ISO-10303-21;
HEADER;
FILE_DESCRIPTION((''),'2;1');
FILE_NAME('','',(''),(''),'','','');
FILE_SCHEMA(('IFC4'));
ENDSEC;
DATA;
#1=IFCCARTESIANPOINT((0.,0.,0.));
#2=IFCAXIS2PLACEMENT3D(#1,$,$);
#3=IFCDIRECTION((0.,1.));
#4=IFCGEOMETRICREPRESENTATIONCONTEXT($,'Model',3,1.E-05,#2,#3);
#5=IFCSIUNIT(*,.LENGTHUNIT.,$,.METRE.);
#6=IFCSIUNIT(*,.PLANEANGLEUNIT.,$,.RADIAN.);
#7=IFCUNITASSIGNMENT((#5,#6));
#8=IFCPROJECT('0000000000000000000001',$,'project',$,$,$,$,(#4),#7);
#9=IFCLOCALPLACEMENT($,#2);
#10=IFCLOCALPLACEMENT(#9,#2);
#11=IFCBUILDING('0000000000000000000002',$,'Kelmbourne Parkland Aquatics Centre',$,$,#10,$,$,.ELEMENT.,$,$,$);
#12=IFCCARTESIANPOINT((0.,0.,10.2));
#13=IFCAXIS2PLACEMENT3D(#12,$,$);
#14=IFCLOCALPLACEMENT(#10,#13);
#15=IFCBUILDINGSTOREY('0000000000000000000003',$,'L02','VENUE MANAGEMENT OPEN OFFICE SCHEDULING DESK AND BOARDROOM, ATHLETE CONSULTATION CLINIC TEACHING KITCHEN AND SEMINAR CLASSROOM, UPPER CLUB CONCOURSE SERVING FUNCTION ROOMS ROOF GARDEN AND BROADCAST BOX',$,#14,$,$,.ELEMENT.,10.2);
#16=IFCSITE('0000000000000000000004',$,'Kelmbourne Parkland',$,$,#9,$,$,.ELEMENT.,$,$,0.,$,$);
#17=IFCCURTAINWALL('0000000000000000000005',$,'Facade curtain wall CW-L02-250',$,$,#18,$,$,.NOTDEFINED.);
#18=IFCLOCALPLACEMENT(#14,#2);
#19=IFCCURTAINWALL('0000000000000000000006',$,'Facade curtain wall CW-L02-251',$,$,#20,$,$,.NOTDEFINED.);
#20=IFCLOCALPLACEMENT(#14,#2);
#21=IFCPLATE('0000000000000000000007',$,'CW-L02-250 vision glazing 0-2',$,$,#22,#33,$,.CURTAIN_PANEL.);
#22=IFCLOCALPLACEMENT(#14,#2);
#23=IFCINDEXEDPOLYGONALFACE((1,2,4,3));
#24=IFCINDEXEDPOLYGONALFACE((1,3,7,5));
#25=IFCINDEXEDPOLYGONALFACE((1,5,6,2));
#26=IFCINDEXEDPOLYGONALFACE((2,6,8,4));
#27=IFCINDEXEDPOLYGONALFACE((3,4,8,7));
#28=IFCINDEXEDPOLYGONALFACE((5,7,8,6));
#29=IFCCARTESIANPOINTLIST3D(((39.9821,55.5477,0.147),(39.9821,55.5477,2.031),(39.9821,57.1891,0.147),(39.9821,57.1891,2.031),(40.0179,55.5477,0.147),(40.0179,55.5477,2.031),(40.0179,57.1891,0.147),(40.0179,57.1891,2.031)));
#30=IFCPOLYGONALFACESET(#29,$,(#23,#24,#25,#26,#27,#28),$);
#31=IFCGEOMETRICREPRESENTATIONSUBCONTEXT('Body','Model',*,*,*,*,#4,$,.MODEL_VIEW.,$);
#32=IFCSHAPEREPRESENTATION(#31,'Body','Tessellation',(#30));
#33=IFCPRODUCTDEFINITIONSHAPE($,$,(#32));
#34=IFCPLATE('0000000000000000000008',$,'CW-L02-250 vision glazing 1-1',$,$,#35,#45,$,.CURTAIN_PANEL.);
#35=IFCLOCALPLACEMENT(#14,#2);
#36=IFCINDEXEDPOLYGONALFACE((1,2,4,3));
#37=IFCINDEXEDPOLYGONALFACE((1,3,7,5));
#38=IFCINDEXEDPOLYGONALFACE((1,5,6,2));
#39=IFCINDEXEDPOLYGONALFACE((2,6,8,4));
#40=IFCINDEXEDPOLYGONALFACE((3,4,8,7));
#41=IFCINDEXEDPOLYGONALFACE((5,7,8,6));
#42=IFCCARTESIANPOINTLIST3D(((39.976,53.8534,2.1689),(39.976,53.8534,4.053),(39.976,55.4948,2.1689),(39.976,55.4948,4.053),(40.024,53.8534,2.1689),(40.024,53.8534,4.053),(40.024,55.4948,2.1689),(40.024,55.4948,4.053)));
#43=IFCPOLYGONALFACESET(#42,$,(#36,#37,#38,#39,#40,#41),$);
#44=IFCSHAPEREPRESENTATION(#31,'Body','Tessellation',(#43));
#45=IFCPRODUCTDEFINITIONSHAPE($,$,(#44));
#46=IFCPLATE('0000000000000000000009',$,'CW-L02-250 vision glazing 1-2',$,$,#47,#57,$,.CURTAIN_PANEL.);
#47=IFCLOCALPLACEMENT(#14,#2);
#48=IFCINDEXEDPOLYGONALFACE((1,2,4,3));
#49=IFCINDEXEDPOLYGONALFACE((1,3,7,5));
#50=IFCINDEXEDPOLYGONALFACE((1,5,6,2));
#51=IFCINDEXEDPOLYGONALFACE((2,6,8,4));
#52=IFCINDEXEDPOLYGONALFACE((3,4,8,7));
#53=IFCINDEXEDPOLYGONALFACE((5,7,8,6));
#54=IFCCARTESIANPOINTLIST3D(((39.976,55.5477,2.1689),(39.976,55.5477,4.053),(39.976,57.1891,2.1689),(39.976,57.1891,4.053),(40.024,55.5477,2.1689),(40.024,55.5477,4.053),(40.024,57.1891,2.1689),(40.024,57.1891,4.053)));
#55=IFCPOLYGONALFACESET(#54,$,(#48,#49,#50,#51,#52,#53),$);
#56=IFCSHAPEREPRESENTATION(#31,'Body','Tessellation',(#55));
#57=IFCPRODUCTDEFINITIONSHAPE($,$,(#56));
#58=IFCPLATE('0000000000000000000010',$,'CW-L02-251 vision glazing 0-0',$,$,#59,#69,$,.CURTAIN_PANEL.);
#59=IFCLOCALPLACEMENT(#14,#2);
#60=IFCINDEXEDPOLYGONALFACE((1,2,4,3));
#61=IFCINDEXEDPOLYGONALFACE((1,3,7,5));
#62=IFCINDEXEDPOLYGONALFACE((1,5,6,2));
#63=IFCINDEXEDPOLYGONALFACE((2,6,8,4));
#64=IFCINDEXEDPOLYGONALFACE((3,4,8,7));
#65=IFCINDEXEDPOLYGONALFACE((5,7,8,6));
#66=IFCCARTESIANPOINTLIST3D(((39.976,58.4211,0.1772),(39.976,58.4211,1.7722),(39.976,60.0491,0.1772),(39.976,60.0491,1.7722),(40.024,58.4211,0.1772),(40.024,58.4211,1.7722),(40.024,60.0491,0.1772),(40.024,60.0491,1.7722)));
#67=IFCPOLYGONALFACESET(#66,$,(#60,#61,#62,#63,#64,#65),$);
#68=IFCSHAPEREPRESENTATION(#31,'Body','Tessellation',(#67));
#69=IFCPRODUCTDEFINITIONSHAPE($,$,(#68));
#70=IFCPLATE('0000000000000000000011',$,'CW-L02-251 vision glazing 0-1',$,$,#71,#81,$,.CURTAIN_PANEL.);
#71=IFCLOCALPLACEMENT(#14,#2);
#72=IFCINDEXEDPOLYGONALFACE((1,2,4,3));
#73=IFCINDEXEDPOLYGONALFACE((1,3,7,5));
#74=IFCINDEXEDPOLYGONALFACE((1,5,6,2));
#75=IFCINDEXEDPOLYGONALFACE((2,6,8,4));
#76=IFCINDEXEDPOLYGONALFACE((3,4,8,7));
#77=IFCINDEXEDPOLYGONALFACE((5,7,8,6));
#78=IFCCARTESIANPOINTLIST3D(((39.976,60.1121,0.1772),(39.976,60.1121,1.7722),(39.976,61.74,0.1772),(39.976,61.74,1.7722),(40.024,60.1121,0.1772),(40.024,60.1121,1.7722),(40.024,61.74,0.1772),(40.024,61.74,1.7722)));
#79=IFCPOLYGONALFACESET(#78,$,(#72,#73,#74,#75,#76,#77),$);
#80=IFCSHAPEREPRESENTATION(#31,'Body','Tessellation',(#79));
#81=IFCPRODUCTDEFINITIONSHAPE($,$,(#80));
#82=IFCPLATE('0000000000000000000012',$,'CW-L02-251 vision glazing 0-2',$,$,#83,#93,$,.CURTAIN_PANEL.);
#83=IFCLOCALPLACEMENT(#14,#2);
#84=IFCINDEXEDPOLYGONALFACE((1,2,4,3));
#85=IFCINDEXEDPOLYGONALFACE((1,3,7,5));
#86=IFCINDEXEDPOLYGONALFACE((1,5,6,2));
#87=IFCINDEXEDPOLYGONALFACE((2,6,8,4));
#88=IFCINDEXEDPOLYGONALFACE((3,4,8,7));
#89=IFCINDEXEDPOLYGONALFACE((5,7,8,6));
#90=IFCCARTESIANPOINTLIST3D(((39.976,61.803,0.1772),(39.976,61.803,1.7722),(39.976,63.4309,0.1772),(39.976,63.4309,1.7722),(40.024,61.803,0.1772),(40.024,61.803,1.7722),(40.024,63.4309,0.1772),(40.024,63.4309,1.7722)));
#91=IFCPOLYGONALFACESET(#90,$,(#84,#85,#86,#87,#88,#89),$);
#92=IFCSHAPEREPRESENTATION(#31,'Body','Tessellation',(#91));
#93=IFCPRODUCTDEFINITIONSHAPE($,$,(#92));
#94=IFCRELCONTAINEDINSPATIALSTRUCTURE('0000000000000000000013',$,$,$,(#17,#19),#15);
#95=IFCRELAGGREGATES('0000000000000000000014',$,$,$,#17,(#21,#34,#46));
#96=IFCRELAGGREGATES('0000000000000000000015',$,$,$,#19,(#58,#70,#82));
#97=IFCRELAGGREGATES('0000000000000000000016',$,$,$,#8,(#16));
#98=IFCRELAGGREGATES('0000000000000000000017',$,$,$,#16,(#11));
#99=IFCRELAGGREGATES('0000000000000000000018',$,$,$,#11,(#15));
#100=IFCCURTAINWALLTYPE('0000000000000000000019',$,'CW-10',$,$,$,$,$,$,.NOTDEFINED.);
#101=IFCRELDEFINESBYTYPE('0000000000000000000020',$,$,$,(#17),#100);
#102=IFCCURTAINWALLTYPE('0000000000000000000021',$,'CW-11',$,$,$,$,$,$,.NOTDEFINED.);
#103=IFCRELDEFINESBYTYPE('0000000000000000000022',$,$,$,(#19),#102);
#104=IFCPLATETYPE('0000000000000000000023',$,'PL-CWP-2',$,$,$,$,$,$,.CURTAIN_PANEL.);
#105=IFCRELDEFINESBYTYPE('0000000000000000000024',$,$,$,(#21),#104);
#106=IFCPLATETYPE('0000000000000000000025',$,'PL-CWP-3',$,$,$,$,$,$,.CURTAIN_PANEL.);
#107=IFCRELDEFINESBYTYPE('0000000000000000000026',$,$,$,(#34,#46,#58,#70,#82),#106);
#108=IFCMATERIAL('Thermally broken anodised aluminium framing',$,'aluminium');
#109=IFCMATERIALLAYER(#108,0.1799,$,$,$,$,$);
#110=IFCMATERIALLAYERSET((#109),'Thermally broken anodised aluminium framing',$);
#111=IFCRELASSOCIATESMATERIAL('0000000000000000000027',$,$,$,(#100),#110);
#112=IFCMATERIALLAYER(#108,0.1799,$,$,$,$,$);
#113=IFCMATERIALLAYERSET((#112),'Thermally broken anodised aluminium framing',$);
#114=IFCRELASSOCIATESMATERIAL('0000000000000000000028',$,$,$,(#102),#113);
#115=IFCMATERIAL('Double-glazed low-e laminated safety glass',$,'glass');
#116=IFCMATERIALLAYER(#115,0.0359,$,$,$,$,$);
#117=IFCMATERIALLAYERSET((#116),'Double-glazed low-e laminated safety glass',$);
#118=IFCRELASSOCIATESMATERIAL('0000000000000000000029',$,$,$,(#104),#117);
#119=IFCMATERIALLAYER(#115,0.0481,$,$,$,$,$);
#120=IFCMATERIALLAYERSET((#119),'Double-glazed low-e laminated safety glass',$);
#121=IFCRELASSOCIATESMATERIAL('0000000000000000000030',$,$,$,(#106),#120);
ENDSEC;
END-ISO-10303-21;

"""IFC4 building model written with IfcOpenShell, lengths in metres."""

from ifc_helpers import new_model, si_unit, direction, frame, origin, origin_2d, place, context, subcontext, project, spatial, rectangle, extrude, material, layer, layer_set, type_object, element, aggregate, save


model = new_model("IFC4")

# Units and contexts
model_context = context("Model", 3, precision=1e-05, world=origin(), true_north=direction((0.0, 1.0)))
body_context = subcontext(model_context, "Body", "Model", "MODEL_VIEW")
ifc_project = project(units=[si_unit("LENGTHUNIT", "METRE"), si_unit("PLANEANGLEUNIT", "RADIAN")], contexts=[model_context])

# Site, building, storey
site_placement = place(None, origin())
site = spatial("IfcSite", under=ifc_project, at=site_placement, Name="Kelmbourne Parkland", CompositionType="ELEMENT", RefElevation=0.0)
building_placement = place(site_placement, origin())
building = spatial("IfcBuilding", under=site, at=building_placement, Name="Kelmbourne Parkland Aquatics Centre", CompositionType="ELEMENT")
storey_placement = place(building_placement, frame((0.0, 0.0, 10.2)))
storey = spatial("IfcBuildingStorey", under=building, at=storey_placement, Name="L02", Description="VENUE MANAGEMENT OPEN OFFICE SCHEDULING DESK AND BOARDROOM, ATHLETE CONSULTATION CLINIC TEACHING KITCHEN AND SEMINAR CLASSROOM, UPPER CLUB CONCOURSE SERVING FUNCTION ROOMS ROOF GARDEN AND BROADCAST BOX", CompositionType="ELEMENT", Elevation=10.2)

# Curtain walls
ifc_material_1 = material(Name="Thermally broken anodised aluminium framing", Category="aluminium")
ifc_layer_1 = layer(ifc_material_1, 0.1799)
ifc_layer_set_1 = layer_set([ifc_layer_1], Name="Thermally broken anodised aluminium framing")
curtain_wall_type_1 = type_object("IfcCurtainWallType", Name="CW-10", PredefinedType="NOTDEFINED", material=ifc_layer_set_1)
curtain_wall_1_placement = place(storey_placement, origin())
curtain_wall_1 = element("IfcCurtainWall", 1, at=curtain_wall_1_placement, inside=storey, type_object=curtain_wall_type_1, Name="Facade curtain wall CW-L02-250", PredefinedType="NOTDEFINED")
ifc_layer_2 = layer(ifc_material_1, 0.1799)
ifc_layer_set_2 = layer_set([ifc_layer_2], Name="Thermally broken anodised aluminium framing")
curtain_wall_type_2 = type_object("IfcCurtainWallType", Name="CW-11", PredefinedType="NOTDEFINED", material=ifc_layer_set_2)
curtain_wall_2_placement = place(storey_placement, origin())
curtain_wall_2 = element("IfcCurtainWall", 2, at=curtain_wall_2_placement, inside=storey, type_object=curtain_wall_type_2, Name="Facade curtain wall CW-L02-251", PredefinedType="NOTDEFINED")

# Plates
ifc_material_2 = material(Name="Double-glazed low-e laminated safety glass", Category="glass")
ifc_layer_3 = layer(ifc_material_2, 0.0359)
ifc_layer_set_3 = layer_set([ifc_layer_3], Name="Double-glazed low-e laminated safety glass")
plate_type_1 = type_object("IfcPlateType", Name="PL-CWP-2", PredefinedType="CURTAIN_PANEL", material=ifc_layer_set_3)
plate_1_placement = place(storey_placement, frame((40.0, 56.3684, 0.147), z_axis=(0.0, 0.0, 1.0), x_axis=(0.0, 1.0, 0.0)))
plate_1 = element("IfcPlate", 3, at=plate_1_placement, type_object=plate_type_1, Name="CW-L02-250 vision glazing 0-2", PredefinedType="CURTAIN_PANEL", context=body_context, shape_type="SweptSolid", body=[
    extrude(rectangle(XDim=1.6414, YDim=0.0359, at=origin_2d()), origin(), (0.0, 0.0, 1.0), 1.884),
])
ifc_layer_4 = layer(ifc_material_2, 0.0481)
ifc_layer_set_4 = layer_set([ifc_layer_4], Name="Double-glazed low-e laminated safety glass")
plate_type_2 = type_object("IfcPlateType", Name="PL-CWP-3", PredefinedType="CURTAIN_PANEL", material=ifc_layer_set_4)
plate_2_placement = place(storey_placement, frame((40.0, 54.6741, 2.1689), z_axis=(0.0, 0.0, 1.0), x_axis=(0.0, 1.0, 0.0)))
plate_2 = element("IfcPlate", 4, at=plate_2_placement, type_object=plate_type_2, Name="CW-L02-250 vision glazing 1-1", PredefinedType="CURTAIN_PANEL", context=body_context, shape_type="SweptSolid", body=[
    extrude(rectangle(XDim=1.6414, YDim=0.0481, at=origin_2d()), origin(), (0.0, 0.0, 1.0), 1.884),
])
plate_3_placement = place(storey_placement, frame((40.0, 56.3684, 2.1689), z_axis=(0.0, 0.0, 1.0), x_axis=(0.0, 1.0, 0.0)))
plate_3 = element("IfcPlate", 5, at=plate_3_placement, type_object=plate_type_2, Name="CW-L02-250 vision glazing 1-2", PredefinedType="CURTAIN_PANEL", context=body_context, shape_type="SweptSolid", body=[
    extrude(rectangle(XDim=1.6414, YDim=0.0481, at=origin_2d()), origin(), (0.0, 0.0, 1.0), 1.884),
])
aggregate(curtain_wall_1, [plate_1, plate_2, plate_3])
plate_4_placement = place(storey_placement, frame((40.0, 59.2351, 0.1772), z_axis=(0.0, 0.0, 1.0), x_axis=(0.0, 1.0, 0.0)))
plate_4 = element("IfcPlate", 6, at=plate_4_placement, type_object=plate_type_2, Name="CW-L02-251 vision glazing 0-0", PredefinedType="CURTAIN_PANEL", context=body_context, shape_type="SweptSolid", body=[
    extrude(rectangle(XDim=1.6279, YDim=0.0481, at=origin_2d()), origin(), (0.0, 0.0, 1.0), 1.595),
])
plate_5_placement = place(storey_placement, frame((40.0, 60.926, 0.1772), z_axis=(0.0, 0.0, 1.0), x_axis=(0.0, 1.0, 0.0)))
plate_5 = element("IfcPlate", 7, at=plate_5_placement, type_object=plate_type_2, Name="CW-L02-251 vision glazing 0-1", PredefinedType="CURTAIN_PANEL", context=body_context, shape_type="SweptSolid", body=[
    extrude(rectangle(XDim=1.6279, YDim=0.0481, at=origin_2d()), origin(), (0.0, 0.0, 1.0), 1.595),
])
plate_6_placement = place(storey_placement, frame((40.0, 62.6169, 0.1772), z_axis=(0.0, 0.0, 1.0), x_axis=(0.0, 1.0, 0.0)))
plate_6 = element("IfcPlate", 8, at=plate_6_placement, type_object=plate_type_2, Name="CW-L02-251 vision glazing 0-2", PredefinedType="CURTAIN_PANEL", context=body_context, shape_type="SweptSolid", body=[
    extrude(rectangle(XDim=1.6279, YDim=0.0481, at=origin_2d()), origin(), (0.0, 0.0, 1.0), 1.595),
])
aggregate(curtain_wall_2, [plate_4, plate_5, plate_6])

save(model, "model.ifc")
